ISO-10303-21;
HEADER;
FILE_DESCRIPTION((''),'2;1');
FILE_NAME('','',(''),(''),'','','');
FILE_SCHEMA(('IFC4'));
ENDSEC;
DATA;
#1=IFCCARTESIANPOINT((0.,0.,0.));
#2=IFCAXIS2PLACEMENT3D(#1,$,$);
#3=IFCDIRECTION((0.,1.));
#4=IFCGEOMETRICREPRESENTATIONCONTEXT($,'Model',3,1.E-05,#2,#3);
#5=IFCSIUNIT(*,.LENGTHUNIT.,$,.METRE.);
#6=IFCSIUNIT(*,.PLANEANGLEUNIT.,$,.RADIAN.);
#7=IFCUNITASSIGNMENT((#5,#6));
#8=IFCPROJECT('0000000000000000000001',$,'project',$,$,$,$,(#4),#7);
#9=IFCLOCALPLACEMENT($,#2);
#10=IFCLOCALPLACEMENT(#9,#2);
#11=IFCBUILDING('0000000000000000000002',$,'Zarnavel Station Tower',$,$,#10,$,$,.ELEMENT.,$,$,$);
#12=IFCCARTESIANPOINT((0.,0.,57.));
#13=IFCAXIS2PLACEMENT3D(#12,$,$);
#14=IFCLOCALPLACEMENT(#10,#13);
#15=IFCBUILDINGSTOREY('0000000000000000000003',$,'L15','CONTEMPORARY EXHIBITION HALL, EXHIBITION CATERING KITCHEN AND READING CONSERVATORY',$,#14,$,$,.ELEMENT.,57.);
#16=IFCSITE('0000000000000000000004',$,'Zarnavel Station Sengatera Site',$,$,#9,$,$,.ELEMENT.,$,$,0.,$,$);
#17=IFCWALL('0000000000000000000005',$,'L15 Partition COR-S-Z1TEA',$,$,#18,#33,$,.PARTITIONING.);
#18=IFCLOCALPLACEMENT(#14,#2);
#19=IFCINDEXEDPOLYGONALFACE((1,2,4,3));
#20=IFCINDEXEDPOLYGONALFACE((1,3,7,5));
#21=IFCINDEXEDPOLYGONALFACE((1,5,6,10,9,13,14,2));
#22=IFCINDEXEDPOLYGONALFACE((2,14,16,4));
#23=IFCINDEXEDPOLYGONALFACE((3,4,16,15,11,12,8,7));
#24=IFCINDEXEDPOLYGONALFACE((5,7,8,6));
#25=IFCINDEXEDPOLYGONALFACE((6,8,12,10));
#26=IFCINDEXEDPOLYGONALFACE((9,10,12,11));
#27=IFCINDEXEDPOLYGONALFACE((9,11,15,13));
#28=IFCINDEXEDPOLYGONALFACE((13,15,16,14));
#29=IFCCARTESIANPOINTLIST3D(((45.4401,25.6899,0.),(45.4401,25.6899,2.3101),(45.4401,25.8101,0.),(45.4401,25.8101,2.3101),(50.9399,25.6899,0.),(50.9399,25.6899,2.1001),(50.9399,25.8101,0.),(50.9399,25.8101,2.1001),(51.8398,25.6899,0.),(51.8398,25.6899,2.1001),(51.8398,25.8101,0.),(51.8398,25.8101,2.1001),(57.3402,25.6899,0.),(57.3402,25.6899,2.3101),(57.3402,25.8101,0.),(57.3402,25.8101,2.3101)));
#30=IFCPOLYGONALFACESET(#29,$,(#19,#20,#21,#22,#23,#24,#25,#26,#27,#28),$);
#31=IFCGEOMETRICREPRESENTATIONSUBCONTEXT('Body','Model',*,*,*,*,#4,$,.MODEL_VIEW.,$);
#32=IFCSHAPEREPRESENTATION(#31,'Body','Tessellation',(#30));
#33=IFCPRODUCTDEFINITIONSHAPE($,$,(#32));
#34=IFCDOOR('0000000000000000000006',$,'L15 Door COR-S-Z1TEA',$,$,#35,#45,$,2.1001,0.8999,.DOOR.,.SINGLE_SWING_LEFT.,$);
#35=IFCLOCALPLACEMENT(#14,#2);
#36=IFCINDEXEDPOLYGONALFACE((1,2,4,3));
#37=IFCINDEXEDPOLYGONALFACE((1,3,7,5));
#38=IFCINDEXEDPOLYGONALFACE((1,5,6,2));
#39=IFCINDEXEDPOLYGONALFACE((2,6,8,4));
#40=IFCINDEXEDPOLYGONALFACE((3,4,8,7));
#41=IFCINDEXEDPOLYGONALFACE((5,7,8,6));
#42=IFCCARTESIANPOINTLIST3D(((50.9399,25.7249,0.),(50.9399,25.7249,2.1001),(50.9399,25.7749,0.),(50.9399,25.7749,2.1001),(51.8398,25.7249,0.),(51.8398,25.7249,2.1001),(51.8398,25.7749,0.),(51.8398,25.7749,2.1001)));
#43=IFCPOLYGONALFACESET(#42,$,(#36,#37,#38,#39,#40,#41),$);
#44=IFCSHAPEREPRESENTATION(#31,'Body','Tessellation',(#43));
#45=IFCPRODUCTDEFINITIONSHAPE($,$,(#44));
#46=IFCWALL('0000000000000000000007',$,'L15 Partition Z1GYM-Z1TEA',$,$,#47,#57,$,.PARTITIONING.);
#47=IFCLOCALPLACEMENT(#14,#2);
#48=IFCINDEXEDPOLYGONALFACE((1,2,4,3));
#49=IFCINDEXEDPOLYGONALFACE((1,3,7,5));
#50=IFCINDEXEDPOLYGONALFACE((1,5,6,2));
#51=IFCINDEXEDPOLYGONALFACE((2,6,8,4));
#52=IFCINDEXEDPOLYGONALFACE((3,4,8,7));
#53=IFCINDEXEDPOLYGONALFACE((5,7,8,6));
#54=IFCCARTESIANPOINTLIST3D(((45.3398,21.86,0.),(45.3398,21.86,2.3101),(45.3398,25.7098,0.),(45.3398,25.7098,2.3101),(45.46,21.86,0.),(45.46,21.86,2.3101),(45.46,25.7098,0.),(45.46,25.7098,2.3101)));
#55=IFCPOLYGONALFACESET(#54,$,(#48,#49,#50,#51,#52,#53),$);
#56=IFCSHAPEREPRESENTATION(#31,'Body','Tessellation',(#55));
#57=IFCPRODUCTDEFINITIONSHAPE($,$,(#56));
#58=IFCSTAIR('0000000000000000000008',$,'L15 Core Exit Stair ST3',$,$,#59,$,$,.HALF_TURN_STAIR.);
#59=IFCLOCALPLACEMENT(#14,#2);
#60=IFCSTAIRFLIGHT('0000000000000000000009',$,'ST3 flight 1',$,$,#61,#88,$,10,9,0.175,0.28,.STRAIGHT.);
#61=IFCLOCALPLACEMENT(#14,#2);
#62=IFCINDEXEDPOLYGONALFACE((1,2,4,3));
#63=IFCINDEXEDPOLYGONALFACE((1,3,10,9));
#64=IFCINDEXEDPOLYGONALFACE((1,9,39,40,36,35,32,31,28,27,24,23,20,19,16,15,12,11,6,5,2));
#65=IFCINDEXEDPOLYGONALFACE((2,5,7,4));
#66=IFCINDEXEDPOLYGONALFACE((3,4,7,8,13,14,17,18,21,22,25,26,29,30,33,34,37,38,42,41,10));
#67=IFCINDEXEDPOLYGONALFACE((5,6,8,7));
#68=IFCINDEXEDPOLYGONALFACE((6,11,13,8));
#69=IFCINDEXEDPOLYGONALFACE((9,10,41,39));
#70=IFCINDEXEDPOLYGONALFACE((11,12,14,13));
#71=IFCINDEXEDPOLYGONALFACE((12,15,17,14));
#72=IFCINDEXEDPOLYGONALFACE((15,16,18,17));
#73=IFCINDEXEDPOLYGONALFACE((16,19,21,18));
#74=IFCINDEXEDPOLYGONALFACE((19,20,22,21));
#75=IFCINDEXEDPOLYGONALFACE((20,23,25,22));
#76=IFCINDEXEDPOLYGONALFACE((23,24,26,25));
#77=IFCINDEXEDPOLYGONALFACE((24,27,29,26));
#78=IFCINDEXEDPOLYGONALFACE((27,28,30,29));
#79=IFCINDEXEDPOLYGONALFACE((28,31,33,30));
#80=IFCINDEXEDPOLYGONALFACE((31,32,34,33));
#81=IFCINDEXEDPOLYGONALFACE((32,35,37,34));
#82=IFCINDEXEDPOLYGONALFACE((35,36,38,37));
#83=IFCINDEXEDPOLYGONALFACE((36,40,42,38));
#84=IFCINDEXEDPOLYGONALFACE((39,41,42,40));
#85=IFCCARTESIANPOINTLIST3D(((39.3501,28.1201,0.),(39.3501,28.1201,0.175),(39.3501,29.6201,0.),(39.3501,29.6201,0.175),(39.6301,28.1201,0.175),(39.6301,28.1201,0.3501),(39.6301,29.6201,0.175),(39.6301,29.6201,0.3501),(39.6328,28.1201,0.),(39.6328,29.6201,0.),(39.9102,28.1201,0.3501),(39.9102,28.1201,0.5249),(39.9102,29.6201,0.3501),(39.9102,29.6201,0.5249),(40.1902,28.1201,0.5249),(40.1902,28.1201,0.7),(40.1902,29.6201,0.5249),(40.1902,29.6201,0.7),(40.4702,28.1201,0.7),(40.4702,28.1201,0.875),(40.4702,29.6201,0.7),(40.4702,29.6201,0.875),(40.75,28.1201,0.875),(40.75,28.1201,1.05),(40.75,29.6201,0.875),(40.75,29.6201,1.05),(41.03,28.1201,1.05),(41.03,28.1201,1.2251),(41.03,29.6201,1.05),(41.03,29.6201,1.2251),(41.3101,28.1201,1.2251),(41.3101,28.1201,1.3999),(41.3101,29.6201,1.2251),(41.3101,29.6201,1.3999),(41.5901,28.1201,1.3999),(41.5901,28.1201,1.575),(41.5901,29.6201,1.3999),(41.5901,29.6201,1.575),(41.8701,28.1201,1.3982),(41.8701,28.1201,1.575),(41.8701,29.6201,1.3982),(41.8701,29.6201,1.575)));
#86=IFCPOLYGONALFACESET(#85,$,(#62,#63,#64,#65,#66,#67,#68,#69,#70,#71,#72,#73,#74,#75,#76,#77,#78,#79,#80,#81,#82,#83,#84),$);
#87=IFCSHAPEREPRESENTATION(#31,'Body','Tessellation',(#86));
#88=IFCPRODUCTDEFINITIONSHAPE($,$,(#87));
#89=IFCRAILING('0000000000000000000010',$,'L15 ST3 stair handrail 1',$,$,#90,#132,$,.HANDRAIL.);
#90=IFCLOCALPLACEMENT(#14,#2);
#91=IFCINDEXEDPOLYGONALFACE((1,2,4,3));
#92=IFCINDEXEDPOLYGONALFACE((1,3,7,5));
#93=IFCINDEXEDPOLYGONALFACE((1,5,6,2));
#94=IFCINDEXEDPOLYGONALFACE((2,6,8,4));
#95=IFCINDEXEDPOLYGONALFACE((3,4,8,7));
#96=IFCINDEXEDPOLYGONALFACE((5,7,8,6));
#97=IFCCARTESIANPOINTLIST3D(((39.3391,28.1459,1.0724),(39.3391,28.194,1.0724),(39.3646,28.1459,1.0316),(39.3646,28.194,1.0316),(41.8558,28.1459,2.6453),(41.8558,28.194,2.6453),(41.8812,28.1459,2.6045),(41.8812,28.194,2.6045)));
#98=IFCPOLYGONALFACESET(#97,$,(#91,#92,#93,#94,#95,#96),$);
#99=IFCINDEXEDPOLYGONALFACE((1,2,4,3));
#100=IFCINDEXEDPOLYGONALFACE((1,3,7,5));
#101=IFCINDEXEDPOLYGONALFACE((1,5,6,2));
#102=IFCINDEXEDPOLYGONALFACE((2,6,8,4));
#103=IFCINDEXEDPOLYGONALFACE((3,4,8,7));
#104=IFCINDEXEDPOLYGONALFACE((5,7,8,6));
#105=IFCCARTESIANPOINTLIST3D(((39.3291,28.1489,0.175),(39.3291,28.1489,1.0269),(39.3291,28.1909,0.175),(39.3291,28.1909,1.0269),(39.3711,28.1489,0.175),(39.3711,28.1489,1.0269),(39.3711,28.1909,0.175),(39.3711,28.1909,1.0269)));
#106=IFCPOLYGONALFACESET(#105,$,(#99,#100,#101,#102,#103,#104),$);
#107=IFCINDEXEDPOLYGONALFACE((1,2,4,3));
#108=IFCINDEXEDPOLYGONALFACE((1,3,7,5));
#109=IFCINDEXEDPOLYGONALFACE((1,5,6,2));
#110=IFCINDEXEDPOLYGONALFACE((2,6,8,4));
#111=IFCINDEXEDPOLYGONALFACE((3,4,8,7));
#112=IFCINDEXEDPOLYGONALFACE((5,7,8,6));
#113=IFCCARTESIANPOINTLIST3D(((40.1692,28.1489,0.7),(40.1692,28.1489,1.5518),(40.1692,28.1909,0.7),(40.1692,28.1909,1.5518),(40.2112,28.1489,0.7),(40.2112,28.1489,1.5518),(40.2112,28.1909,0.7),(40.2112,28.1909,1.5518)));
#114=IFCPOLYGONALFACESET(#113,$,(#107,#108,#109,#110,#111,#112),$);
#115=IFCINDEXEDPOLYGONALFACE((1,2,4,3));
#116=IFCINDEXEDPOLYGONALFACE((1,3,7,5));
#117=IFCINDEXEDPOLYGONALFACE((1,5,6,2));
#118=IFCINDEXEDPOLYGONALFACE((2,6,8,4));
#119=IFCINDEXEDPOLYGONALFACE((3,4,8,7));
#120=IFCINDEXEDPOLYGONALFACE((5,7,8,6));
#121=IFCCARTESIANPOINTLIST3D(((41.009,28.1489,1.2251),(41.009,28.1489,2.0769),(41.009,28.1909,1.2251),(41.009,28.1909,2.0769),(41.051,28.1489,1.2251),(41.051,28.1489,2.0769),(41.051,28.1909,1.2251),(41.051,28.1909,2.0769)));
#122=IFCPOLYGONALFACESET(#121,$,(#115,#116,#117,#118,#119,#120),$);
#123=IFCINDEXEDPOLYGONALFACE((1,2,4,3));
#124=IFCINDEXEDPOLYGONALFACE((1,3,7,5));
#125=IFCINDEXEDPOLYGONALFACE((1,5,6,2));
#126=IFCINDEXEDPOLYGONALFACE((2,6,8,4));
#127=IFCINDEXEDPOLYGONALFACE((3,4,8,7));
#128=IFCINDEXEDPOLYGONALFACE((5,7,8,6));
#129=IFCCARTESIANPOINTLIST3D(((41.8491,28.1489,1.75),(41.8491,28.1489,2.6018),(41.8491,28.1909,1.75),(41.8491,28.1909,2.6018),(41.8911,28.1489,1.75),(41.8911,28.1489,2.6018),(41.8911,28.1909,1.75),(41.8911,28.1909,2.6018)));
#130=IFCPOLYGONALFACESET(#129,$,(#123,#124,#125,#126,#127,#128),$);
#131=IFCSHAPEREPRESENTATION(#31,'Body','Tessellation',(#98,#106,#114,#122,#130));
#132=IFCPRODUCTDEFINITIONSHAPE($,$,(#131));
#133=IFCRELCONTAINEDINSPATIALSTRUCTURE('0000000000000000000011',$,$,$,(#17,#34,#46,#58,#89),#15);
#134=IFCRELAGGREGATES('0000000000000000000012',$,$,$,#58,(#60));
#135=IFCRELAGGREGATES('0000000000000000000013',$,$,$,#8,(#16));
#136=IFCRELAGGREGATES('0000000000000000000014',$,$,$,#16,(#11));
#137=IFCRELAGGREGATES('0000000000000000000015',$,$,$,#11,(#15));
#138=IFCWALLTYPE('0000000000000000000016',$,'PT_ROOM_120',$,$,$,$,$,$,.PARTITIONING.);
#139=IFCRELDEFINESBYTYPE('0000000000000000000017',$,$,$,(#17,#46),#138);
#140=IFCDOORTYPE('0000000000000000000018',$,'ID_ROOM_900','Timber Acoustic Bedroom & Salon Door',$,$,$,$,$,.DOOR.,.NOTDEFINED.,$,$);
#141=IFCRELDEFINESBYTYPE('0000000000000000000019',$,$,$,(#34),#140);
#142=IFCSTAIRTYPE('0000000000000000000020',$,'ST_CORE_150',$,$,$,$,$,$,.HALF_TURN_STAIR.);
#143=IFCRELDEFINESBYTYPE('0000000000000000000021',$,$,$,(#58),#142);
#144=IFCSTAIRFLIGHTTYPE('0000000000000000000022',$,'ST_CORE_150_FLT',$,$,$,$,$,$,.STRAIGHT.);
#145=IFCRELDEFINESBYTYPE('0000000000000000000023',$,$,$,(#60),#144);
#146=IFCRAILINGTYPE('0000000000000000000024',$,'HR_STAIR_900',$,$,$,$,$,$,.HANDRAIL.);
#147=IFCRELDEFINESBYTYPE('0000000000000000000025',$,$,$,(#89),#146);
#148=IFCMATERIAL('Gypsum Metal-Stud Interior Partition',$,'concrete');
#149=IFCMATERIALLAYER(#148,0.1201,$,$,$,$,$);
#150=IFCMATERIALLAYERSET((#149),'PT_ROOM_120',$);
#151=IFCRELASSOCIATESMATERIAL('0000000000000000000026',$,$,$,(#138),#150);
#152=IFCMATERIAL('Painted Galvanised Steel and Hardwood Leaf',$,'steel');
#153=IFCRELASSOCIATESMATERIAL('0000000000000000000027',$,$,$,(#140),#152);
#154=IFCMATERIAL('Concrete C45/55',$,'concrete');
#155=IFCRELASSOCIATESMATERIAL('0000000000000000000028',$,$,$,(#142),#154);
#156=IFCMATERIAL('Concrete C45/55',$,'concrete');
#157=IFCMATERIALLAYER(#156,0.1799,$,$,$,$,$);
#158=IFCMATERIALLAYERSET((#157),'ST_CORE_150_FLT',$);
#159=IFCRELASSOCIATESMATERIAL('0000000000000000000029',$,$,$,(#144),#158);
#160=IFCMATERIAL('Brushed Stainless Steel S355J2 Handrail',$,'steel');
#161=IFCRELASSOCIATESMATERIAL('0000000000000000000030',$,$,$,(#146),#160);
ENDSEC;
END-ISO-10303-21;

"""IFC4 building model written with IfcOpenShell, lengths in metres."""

from ifc_helpers import new_model, si_unit, direction, frame, frame_2d, origin, origin_2d, place, context, subcontext, project, spatial, polyline, rectangle, outline, extrude, material, layer, layer_set, type_object, element, fill, aggregate, save


model = new_model("IFC4")

# Units and contexts
model_context = context("Model", 3, precision=1e-05, world=origin(), true_north=direction((0.0, 1.0)))
body_context = subcontext(model_context, "Body", "Model", "MODEL_VIEW")
ifc_project = project(units=[si_unit("LENGTHUNIT", "METRE"), si_unit("PLANEANGLEUNIT", "RADIAN")], contexts=[model_context])

# Site, building, storey
site_placement = place(None, origin())
site = spatial("IfcSite", under=ifc_project, at=site_placement, Name="Zarnavel Station Sengatera Site", CompositionType="ELEMENT", RefElevation=0.0)
building_placement = place(site_placement, origin())
building = spatial("IfcBuilding", under=site, at=building_placement, Name="Zarnavel Station Tower", CompositionType="ELEMENT")
storey_placement = place(building_placement, frame((0.0, 0.0, 57.0)))
storey = spatial("IfcBuildingStorey", under=building, at=storey_placement, Name="L15", Description="CONTEMPORARY EXHIBITION HALL, EXHIBITION CATERING KITCHEN AND READING CONSERVATORY", CompositionType="ELEMENT", Elevation=57.0)

# Wall, opening, door
ifc_material_1 = material(Name="Gypsum Metal-Stud Interior Partition", Category="concrete")
ifc_layer_1 = layer(ifc_material_1, 0.1201)
ifc_layer_set_1 = layer_set([ifc_layer_1], Name="PT_ROOM_120")
wall_type_1 = type_object("IfcWallType", Name="PT_ROOM_120", PredefinedType="PARTITIONING", material=ifc_layer_set_1)
wall_1_placement = place(storey_placement, frame((45.4399, 25.75, 0.0), z_axis=(0.0, 0.0, 1.0), x_axis=(1.0, 0.0, 0.0)))
wall_1 = element("IfcWall", 1, at=wall_1_placement, inside=storey, type_object=wall_type_1, Name="L15 Partition COR-S-Z1TEA", PredefinedType="PARTITIONING", context=body_context, shape_type="SweptSolid", body=[
    extrude(rectangle(XDim=11.9001, YDim=0.1201, at=frame_2d((5.9502, 0.0))), origin(), (0.0, 0.0, 1.0), 2.3101),
])
opening_1_placement = place(wall_1_placement, frame((5.5, 0.0, 0.0)))
opening_1 = element("IfcOpeningElement", 2, at=opening_1_placement, cuts=wall_1, PredefinedType="OPENING", context=body_context, shape_type="SweptSolid", body=[
    extrude(rectangle(XDim=0.8999, YDim=2.1001, at=frame_2d((0.45, 1.05))), frame((0.0, 0.0701, 0.0), z_axis=(0.0, -1.0, 0.0), x_axis=(1.0, 0.0, 0.0)), (0.0, 0.0, 1.0), 0.1401),
])
ifc_material_2 = material(Name="Painted Galvanised Steel and Hardwood Leaf", Category="steel")
door_type_1 = type_object("IfcDoorType", Name="ID_ROOM_900", Description="Timber Acoustic Bedroom & Salon Door", OperationType="NOTDEFINED", PredefinedType="DOOR", material=ifc_material_2)
door_1_placement = place(opening_1_placement, origin())
door_1 = element("IfcDoor", 3, at=door_1_placement, inside=storey, type_object=door_type_1, Name="L15 Door COR-S-Z1TEA", OperationType="SINGLE_SWING_LEFT", OverallHeight=2.1001, OverallWidth=0.8999, PredefinedType="DOOR", context=body_context, shape_type="SweptSolid", body=[
    extrude(rectangle(XDim=0.8999, YDim=2.1001, at=frame_2d((0.45, 1.05))), frame((0.0, 0.0249, 0.0), z_axis=(0.0, -1.0, 0.0), x_axis=(1.0, 0.0, 0.0)), (0.0, 0.0, 1.0), 0.05),
])
fill(opening_1, door_1)

# Wall
wall_2_placement = place(storey_placement, frame((45.3999, 21.8601, 0.0), z_axis=(0.0, 0.0, 1.0), x_axis=(0.0, 1.0, 0.0)))
element("IfcWall", 4, at=wall_2_placement, inside=storey, type_object=wall_type_1, Name="L15 Partition Z1GYM-Z1TEA", PredefinedType="PARTITIONING", context=body_context, shape_type="SweptSolid", body=[
    extrude(rectangle(XDim=3.8499, YDim=0.1201, at=frame_2d((1.9248, 0.0))), origin(), (0.0, 0.0, 1.0), 2.3101),
])

# Stair, stair flight
ifc_material_3 = material(Name="Concrete C45/55", Category="concrete")
stair_type = type_object("IfcStairType", Name="ST_CORE_150", PredefinedType="HALF_TURN_STAIR", material=ifc_material_3)
stair_placement = place(storey_placement, origin())
stair = element("IfcStair", 5, at=stair_placement, inside=storey, type_object=stair_type, Name="L15 Core Exit Stair ST3", PredefinedType="HALF_TURN_STAIR")
ifc_material_4 = material(Name="Concrete C45/55", Category="concrete")
ifc_layer_2 = layer(ifc_material_4, 0.1799)
ifc_layer_set_2 = layer_set([ifc_layer_2], Name="ST_CORE_150_FLT")
stair_flight_type = type_object("IfcStairFlightType", Name="ST_CORE_150_FLT", PredefinedType="STRAIGHT", material=ifc_layer_set_2)
stair_flight_placement = place(storey_placement, frame((39.3501, 28.8701, 0.0), z_axis=(0.0, 0.0, 1.0), x_axis=(1.0, 0.0, 0.0)))
stair_flight = element("IfcStairFlight", 6, at=stair_flight_placement, type_object=stair_flight_type, Name="ST3 flight 1", NumberOfRisers=10, NumberOfTreads=9, PredefinedType="STRAIGHT", RiserHeight=0.175, TreadLength=0.28, context=body_context, shape_type="SweptSolid", body=[
    extrude(outline(polyline([(0.0, 0.0), (0.0, 0.175), (0.28, 0.175), (0.28, 0.3501), (0.5601, 0.3501), (0.5601, 0.5249), (0.8401, 0.5249), (0.8401, 0.7), (1.1201, 0.7), (1.1201, 0.875), (1.3999, 0.875), (1.3999, 1.05), (1.6799, 1.05), (1.6799, 1.2251), (1.96, 1.2251), (1.96, 1.3999), (2.24, 1.3999), (2.24, 1.575), (2.52, 1.575), (2.52, 1.75), (2.52, 1.3982), (0.2827, 0.0), (0.0, 0.0)])), frame((0.0, 0.75, 0.0), z_axis=(0.0, -1.0, 0.0), x_axis=(1.0, 0.0, 0.0)), (0.0, 0.0, 1.0), 1.5),
])
aggregate(stair, [stair_flight])

# Railing
ifc_material_5 = material(Name="Brushed Stainless Steel S355J2 Handrail", Category="steel")
railing_type = type_object("IfcRailingType", Name="HR_STAIR_900", PredefinedType="HANDRAIL", material=ifc_material_5)
railing_placement = place(storey_placement, frame((39.3501, 28.1699, 0.175)))
element("IfcRailing", 7, at=railing_placement, inside=storey, type_object=railing_type, Name="L15 ST3 stair handrail 1", PredefinedType="HANDRAIL", context=body_context, shape_type="SweptSolid", body=[
    extrude(rectangle(XDim=0.0481, YDim=0.0481, at=origin_2d()), frame((0.0017, 0.0, 0.877), z_axis=(0.848008, 0.0, 0.529984), x_axis=(0.0, 1.0, 0.0)), (0.0, 0.0, 1.0), 2.9678),
    extrude(rectangle(XDim=0.042, YDim=0.042, at=origin_2d()), origin(), (0.0, 0.0, 1.0), 0.8518),
    extrude(rectangle(XDim=0.042, YDim=0.042, at=origin_2d()), frame((0.8401, 0.0, 0.5249)), (0.0, 0.0, 1.0), 0.8518),
    extrude(rectangle(XDim=0.042, YDim=0.042, at=origin_2d()), frame((1.6799, 0.0, 1.05)), (0.0, 0.0, 1.0), 0.8518),
    extrude(rectangle(XDim=0.042, YDim=0.042, at=origin_2d()), frame((2.52, 0.0, 1.575)), (0.0, 0.0, 1.0), 0.8518),
])

save(model, "model.ifc")
